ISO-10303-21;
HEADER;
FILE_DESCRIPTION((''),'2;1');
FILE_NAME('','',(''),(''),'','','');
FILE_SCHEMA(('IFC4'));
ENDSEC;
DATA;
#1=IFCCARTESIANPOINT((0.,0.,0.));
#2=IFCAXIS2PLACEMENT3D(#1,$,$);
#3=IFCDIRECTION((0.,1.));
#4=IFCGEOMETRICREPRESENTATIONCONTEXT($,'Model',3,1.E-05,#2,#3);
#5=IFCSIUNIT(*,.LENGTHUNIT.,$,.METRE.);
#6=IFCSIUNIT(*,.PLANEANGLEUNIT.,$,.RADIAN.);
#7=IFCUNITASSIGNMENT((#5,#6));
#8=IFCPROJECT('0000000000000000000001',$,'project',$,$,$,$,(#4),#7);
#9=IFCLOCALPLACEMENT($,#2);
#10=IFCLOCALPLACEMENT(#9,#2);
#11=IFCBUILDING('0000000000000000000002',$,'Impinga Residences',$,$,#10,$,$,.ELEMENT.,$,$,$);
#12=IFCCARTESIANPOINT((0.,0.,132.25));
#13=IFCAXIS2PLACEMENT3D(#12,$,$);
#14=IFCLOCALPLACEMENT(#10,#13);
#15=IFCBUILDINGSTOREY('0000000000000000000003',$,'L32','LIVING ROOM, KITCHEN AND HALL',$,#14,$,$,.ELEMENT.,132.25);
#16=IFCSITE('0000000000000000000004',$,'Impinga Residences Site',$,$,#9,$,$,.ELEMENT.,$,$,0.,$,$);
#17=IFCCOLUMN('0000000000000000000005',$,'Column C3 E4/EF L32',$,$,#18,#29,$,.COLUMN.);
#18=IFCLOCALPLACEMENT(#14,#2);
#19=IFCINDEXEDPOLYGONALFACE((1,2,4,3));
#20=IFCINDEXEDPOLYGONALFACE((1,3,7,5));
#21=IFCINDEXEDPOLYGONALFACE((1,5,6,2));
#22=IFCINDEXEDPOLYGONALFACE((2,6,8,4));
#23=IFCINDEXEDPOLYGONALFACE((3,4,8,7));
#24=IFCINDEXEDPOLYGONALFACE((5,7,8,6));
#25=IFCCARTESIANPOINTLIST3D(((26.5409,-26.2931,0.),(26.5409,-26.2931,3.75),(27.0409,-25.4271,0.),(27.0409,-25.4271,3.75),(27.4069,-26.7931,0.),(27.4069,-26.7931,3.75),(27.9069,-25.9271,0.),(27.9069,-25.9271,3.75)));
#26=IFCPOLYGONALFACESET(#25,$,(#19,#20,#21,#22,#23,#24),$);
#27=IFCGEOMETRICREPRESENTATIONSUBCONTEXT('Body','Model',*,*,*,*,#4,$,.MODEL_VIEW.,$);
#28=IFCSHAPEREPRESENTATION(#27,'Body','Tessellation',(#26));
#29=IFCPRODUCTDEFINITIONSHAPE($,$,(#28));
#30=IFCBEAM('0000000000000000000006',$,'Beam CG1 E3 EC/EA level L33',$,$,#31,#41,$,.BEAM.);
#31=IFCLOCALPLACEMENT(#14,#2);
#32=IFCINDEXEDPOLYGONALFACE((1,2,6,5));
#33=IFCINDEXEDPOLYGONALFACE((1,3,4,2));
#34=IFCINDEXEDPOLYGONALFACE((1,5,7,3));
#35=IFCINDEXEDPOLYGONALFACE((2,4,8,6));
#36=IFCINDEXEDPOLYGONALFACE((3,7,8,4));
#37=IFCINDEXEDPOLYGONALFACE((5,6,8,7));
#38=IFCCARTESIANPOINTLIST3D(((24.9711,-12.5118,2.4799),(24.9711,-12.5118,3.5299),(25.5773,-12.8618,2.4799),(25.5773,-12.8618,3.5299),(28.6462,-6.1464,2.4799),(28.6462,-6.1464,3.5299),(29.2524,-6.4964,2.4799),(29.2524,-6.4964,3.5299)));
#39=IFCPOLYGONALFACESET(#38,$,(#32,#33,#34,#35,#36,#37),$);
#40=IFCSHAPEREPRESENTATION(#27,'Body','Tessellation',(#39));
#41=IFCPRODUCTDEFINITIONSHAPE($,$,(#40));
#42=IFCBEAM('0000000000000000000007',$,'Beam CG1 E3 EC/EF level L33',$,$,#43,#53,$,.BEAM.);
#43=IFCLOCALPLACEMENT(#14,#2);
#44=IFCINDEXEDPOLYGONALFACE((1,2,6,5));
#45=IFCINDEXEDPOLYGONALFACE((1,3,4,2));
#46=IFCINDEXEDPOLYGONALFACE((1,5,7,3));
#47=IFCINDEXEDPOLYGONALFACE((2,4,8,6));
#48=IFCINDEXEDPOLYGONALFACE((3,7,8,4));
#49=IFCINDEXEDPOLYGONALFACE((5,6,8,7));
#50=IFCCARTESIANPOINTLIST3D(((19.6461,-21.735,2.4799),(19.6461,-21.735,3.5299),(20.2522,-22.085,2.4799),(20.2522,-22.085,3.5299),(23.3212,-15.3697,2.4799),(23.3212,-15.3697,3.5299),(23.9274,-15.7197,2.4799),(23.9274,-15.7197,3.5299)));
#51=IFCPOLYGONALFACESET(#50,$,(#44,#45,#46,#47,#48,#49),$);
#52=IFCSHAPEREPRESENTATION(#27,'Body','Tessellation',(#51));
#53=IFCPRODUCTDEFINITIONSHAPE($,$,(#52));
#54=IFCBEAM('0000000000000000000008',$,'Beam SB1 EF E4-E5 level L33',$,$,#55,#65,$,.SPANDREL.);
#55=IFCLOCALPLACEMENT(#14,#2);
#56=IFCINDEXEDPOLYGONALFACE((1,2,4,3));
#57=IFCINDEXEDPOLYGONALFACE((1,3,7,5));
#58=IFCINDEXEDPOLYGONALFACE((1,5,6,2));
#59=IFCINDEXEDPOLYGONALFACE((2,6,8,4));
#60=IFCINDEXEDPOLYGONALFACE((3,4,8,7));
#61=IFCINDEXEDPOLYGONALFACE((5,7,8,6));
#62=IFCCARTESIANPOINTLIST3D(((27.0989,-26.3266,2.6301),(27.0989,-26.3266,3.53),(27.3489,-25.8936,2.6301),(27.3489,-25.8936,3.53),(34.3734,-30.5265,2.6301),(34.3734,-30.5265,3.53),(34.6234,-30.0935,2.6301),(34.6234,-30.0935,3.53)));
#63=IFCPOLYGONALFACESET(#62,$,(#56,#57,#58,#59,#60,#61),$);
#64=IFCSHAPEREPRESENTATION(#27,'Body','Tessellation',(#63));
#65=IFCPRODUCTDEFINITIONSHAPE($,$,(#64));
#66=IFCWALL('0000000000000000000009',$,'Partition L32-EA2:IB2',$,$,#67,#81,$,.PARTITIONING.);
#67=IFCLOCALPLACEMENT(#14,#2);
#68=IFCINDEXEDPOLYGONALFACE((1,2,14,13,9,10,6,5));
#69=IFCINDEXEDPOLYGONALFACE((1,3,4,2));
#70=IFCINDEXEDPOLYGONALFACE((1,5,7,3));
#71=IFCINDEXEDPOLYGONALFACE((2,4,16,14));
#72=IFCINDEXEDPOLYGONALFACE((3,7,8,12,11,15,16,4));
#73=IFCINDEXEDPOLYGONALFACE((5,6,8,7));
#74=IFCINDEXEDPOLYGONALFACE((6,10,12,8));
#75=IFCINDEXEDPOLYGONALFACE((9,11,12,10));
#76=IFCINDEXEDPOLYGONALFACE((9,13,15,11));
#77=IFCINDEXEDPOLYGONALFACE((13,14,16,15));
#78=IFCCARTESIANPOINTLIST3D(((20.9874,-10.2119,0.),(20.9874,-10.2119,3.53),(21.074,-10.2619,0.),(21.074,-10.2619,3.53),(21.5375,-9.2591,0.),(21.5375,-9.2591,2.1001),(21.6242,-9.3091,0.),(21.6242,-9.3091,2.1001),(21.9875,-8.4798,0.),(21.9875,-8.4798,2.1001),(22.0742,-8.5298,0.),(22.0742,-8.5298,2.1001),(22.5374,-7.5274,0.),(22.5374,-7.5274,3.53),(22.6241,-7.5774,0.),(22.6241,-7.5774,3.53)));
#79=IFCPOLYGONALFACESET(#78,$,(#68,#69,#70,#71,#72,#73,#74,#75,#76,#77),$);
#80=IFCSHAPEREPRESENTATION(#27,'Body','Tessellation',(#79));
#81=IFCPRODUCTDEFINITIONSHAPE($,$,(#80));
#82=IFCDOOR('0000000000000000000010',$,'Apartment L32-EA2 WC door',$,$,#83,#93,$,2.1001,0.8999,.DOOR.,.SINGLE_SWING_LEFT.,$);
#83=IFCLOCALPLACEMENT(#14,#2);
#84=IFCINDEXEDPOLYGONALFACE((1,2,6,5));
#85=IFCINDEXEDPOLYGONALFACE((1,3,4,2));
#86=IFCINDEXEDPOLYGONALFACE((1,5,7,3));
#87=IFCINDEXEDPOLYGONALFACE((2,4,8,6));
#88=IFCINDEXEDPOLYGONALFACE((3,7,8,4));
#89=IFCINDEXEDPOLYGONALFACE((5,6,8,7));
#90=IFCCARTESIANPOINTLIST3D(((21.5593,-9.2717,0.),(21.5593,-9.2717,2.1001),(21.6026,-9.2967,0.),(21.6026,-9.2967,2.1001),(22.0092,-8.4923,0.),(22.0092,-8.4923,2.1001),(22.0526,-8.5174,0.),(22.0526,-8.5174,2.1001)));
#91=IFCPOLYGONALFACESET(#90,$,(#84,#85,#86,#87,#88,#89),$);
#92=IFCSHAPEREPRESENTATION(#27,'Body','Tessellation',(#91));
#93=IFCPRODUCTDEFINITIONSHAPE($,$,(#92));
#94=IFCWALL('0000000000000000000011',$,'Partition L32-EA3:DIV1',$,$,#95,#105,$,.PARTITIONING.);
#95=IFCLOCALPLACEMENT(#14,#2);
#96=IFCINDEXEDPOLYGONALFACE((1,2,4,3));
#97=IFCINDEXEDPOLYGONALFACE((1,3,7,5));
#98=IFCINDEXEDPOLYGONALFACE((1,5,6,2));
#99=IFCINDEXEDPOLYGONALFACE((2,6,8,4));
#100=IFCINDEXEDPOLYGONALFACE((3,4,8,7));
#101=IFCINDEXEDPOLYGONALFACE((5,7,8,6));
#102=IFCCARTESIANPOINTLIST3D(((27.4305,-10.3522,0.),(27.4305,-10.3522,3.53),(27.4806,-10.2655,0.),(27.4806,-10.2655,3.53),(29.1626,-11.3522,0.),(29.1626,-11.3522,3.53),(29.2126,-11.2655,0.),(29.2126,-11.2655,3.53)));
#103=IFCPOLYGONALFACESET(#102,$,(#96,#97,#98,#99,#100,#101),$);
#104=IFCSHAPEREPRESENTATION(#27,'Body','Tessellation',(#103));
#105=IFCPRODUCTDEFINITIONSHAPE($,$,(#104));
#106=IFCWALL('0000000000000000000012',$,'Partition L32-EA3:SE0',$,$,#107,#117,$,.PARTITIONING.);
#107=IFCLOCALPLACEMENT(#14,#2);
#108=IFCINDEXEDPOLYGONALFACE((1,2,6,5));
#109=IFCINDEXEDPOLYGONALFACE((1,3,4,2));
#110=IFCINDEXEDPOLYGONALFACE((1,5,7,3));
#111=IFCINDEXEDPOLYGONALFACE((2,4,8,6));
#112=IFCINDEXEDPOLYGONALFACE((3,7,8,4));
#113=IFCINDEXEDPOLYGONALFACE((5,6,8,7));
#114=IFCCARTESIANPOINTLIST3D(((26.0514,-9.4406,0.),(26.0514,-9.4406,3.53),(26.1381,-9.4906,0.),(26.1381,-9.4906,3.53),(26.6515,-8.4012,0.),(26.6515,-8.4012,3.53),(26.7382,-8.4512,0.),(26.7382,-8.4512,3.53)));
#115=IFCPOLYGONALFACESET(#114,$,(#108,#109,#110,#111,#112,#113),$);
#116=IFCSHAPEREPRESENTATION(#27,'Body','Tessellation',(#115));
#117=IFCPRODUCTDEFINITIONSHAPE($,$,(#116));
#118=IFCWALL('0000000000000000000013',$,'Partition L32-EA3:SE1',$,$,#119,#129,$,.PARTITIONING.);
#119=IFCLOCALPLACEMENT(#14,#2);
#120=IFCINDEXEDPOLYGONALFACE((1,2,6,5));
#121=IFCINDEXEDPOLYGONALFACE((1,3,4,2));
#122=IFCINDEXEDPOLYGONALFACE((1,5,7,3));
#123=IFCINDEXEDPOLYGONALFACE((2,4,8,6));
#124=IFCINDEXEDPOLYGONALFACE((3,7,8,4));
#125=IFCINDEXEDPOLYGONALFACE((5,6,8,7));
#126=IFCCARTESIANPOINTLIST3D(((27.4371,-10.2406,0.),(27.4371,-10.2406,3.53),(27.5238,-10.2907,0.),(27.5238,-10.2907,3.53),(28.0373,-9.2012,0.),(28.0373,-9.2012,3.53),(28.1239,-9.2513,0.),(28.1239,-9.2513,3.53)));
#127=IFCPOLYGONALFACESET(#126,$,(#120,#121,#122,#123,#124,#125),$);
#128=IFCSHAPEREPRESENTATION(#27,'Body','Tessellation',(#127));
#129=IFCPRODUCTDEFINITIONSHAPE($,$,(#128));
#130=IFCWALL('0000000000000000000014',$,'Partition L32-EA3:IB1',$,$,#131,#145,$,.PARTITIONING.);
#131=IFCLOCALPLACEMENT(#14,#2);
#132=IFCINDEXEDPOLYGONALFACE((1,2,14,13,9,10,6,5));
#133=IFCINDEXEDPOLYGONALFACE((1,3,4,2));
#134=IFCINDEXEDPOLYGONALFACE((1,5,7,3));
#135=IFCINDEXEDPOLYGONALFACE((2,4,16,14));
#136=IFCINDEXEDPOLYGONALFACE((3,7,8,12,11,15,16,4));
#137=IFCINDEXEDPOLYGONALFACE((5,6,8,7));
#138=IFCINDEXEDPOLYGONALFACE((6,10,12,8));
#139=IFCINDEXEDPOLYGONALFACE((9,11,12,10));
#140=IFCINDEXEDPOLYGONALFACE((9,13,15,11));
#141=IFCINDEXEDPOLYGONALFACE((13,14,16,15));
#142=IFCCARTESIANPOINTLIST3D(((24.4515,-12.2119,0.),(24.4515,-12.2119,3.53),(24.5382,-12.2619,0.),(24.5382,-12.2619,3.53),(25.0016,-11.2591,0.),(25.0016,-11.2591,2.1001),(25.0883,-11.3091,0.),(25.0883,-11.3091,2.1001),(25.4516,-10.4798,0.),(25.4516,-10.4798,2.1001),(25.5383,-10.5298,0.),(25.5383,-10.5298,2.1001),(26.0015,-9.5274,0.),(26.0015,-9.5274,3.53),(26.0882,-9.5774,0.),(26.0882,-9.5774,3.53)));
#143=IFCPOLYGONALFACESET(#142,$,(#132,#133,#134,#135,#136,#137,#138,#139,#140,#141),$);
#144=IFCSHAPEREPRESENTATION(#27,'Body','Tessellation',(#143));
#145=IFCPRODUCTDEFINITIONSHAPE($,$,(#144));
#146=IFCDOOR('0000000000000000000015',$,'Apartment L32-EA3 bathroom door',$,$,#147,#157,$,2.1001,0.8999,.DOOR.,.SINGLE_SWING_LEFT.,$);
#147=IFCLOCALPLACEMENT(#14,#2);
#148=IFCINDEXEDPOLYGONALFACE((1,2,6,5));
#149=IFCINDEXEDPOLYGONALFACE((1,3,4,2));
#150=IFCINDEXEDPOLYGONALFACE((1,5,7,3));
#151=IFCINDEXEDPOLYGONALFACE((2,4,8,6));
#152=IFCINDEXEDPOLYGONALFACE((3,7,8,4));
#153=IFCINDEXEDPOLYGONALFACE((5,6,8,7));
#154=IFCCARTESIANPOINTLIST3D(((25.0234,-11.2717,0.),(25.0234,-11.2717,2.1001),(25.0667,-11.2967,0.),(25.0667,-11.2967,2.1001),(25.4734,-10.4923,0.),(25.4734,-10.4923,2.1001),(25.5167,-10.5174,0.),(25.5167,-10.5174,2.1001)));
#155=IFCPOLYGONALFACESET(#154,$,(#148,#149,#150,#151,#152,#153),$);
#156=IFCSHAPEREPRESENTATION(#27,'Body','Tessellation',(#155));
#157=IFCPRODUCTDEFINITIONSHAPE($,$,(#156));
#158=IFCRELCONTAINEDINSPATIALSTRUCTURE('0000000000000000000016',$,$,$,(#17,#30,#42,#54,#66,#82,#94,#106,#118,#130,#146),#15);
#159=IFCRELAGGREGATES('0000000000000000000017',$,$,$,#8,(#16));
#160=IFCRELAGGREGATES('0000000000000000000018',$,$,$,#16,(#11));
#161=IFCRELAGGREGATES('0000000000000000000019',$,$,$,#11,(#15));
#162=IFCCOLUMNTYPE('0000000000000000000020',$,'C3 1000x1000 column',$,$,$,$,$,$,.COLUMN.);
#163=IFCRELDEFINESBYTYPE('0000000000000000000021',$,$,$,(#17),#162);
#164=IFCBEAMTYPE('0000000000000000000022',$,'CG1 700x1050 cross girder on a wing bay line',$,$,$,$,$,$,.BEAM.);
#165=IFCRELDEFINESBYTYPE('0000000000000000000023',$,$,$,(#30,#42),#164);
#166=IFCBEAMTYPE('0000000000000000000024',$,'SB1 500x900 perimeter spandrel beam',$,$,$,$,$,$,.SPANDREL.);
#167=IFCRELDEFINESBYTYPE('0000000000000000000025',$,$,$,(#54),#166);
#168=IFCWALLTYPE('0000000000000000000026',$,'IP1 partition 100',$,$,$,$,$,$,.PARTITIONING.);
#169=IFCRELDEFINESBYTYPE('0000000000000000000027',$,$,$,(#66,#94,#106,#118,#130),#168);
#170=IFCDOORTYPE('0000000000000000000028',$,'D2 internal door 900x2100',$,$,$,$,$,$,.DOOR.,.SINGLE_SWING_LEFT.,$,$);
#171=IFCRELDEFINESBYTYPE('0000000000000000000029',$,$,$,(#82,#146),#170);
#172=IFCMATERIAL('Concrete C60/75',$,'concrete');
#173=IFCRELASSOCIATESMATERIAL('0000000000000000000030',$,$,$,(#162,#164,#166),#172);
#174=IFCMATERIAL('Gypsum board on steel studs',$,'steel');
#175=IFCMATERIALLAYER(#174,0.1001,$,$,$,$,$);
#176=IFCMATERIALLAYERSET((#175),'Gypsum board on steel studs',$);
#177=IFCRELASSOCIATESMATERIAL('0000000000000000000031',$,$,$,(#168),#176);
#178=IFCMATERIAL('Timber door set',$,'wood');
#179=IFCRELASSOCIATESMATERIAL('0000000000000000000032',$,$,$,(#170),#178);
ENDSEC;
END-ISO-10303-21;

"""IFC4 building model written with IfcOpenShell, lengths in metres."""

from ifc_helpers import new_model, si_unit, direction, frame, frame_2d, origin, origin_2d, place, context, subcontext, project, spatial, rectangle, extrude, material, layer, layer_set, material_profile, profile_set, type_object, element, fill, save


model = new_model("IFC4")

# Units and contexts
model_context = context("Model", 3, precision=1e-05, world=origin(), true_north=direction((0.0, 1.0)))
body_context = subcontext(model_context, "Body", "Model", "MODEL_VIEW")
ifc_project = project(units=[si_unit("LENGTHUNIT", "METRE"), si_unit("PLANEANGLEUNIT", "RADIAN")], contexts=[model_context])

# Site, building, storey
site_placement = place(None, origin())
site = spatial("IfcSite", under=ifc_project, at=site_placement, Name="Impinga Residences Site", CompositionType="ELEMENT", RefElevation=0.0)
building_placement = place(site_placement, origin())
building = spatial("IfcBuilding", under=site, at=building_placement, Name="Impinga Residences", CompositionType="ELEMENT")
storey_placement = place(building_placement, frame((0.0, 0.0, 132.25)))
storey = spatial("IfcBuildingStorey", under=building, at=storey_placement, Name="L32", Description="LIVING ROOM, KITCHEN AND HALL", CompositionType="ELEMENT", Elevation=132.25)

# Column
ifc_material_1 = material(Name="Concrete C60/75", Category="concrete")
ifc_material_profile_1 = material_profile(ifc_material_1, rectangle(XDim=1.0, YDim=1.0, at=origin_2d()), Name="RC 1000x1000")
ifc_profile_set_1 = profile_set([ifc_material_profile_1], Name="Concrete C60/75")
column_type = type_object("IfcColumnType", Name="C3 1000x1000 column", PredefinedType="COLUMN", material=ifc_profile_set_1)
column_placement = place(storey_placement, frame((27.2239, -26.1101, 0.0), z_axis=(0.0, 0.0, 1.0), x_axis=(-0.5, -0.866025, 0.0)))
element("IfcColumn", 1, at=column_placement, inside=storey, type_object=column_type, Name="Column C3 E4/EF L32", PredefinedType="COLUMN", context=body_context, shape_type="SweptSolid", body=[
    extrude(rectangle(XDim=1.0, YDim=1.0, at=origin_2d()), origin(), (0.0, 0.0, 1.0), 3.75),
])

# Beams
ifc_material_profile_2 = material_profile(ifc_material_1, rectangle(XDim=0.7, YDim=1.05, at=origin_2d()), Name="RC 700x1050")
ifc_profile_set_2 = profile_set([ifc_material_profile_2], Name="Concrete C60/75")
beam_type_1 = type_object("IfcBeamType", Name="CG1 700x1050 cross girder on a wing bay line", PredefinedType="BEAM", material=ifc_profile_set_2)
for number, where, z_axis, x_axis, name in (
    (2, (25.2742, -12.6868, 3.0049), (0.500008, 0.866021, 0.0), (-0.866021, 0.500008, 0.0), "Beam CG1 E3 EC/EA level L33"),
    (3, (23.6243, -15.5447, 3.0049), (-0.500008, -0.866021, 0.0), (0.866021, -0.500008, 0.0), "Beam CG1 E3 EC/EF level L33"),
):
    element("IfcBeam", number, at=place(storey_placement, frame(where, z_axis=z_axis, x_axis=x_axis)), inside=storey, type_object=beam_type_1, Name=name, PredefinedType="BEAM", context=body_context, shape_type="SweptSolid", body=[
        extrude(rectangle(XDim=0.7, YDim=1.05, at=origin_2d()), origin(), (0.0, 0.0, 1.0), 7.3501),
    ])
ifc_material_profile_3 = material_profile(ifc_material_1, rectangle(XDim=0.5, YDim=0.8999, at=origin_2d()), Name="RC 500x900")
ifc_profile_set_3 = profile_set([ifc_material_profile_3], Name="Concrete C60/75")
beam_type_2 = type_object("IfcBeamType", Name="SB1 500x900 perimeter spandrel beam", PredefinedType="SPANDREL", material=ifc_profile_set_3)
beam_placement = place(storey_placement, frame((27.2239, -26.1101, 3.0801), z_axis=(0.866029, -0.499993, 0.0), x_axis=(0.499993, 0.866029, 0.0)))
element("IfcBeam", 4, at=beam_placement, inside=storey, type_object=beam_type_2, Name="Beam SB1 EF E4-E5 level L33", PredefinedType="SPANDREL", context=body_context, shape_type="SweptSolid", body=[
    extrude(rectangle(XDim=0.5, YDim=0.8999, at=origin_2d()), origin(), (0.0, 0.0, 1.0), 8.3999),
])

# Wall, opening, door
ifc_material_2 = material(Name="Gypsum board on steel studs", Category="steel")
ifc_layer_1 = layer(ifc_material_2, 0.1001)
ifc_layer_set_1 = layer_set([ifc_layer_1], Name="Gypsum board on steel studs")
wall_type_1 = type_object("IfcWallType", Name="IP1 partition 100", PredefinedType="PARTITIONING", material=ifc_layer_set_1)
wall_1_placement = place(storey_placement, frame((21.0308, -10.2368, 0.0), z_axis=(0.0, 0.0, 1.0), x_axis=(0.500027, 0.86601, 0.0)))
wall_1 = element("IfcWall", 5, at=wall_1_placement, inside=storey, type_object=wall_type_1, Name="Partition L32-EA2:IB2", PredefinedType="PARTITIONING", context=body_context, shape_type="SweptSolid", body=[
    extrude(rectangle(XDim=3.0999, YDim=0.1001, at=frame_2d((1.5498, 0.0))), origin(), (0.0, 0.0, 1.0), 3.53),
])
opening_1_placement = place(wall_1_placement, frame((1.1001, 0.0, 0.0)))
opening_1 = element("IfcOpeningElement", 6, at=opening_1_placement, cuts=wall_1, PredefinedType="OPENING", context=body_context, shape_type="SweptSolid", body=[
    extrude(rectangle(XDim=0.8999, YDim=2.1001, at=frame_2d((0.45, 1.05))), frame((0.0, 0.0601, 0.0), z_axis=(0.0, -1.0, 0.0), x_axis=(1.0, 0.0, 0.0)), (0.0, 0.0, 1.0), 0.1201),
])
ifc_material_3 = material(Name="Timber door set", Category="wood")
door_type = type_object("IfcDoorType", Name="D2 internal door 900x2100", OperationType="SINGLE_SWING_LEFT", PredefinedType="DOOR", material=ifc_material_3)
door_1_placement = place(opening_1_placement, origin())
door_1 = element("IfcDoor", 7, at=door_1_placement, inside=storey, type_object=door_type, Name="Apartment L32-EA2 WC door", OperationType="SINGLE_SWING_LEFT", OverallHeight=2.1001, OverallWidth=0.8999, PredefinedType="DOOR", context=body_context, shape_type="SweptSolid", body=[
    extrude(rectangle(XDim=0.8999, YDim=2.1001, at=frame_2d((0.45, 1.05))), frame((0.0, 0.0249, 0.0), z_axis=(0.0, -1.0, 0.0), x_axis=(1.0, 0.0, 0.0)), (0.0, 0.0, 1.0), 0.05),
])
fill(opening_1, door_1)

# Walls
wall_2_placement = place(storey_placement, frame((27.4556, -10.3088, 0.0), z_axis=(0.0, 0.0, 1.0), x_axis=(0.866011, -0.500025, 0.0)))
element("IfcWall", 8, at=wall_2_placement, inside=storey, type_object=wall_type_1, Name="Partition L32-EA3:DIV1", PredefinedType="PARTITIONING", context=body_context, shape_type="SweptSolid", body=[
    extrude(rectangle(XDim=2.0, YDim=0.1001, at=frame_2d((1.0, 0.0))), origin(), (0.0, 0.0, 1.0), 3.53),
])
for number, where, z_axis, x_axis, name in (
    (9, (26.0947, -9.4656, 0.0), (0.0, 0.0, 1.0), (0.500034, 0.866006, 0.0), "Partition L32-EA3:SE0"),
    (10, (27.4805, -10.2656, 0.0), (0.0, 0.0, 1.0), (0.500034, 0.866006, 0.0), "Partition L32-EA3:SE1"),
):
    element("IfcWall", number, at=place(storey_placement, frame(where, z_axis=z_axis, x_axis=x_axis)), inside=storey, type_object=wall_type_1, Name=name, PredefinedType="PARTITIONING", context=body_context, shape_type="SweptSolid", body=[
        extrude(rectangle(XDim=1.2002, YDim=0.1001, at=frame_2d((0.6001, 0.0))), origin(), (0.0, 0.0, 1.0), 3.53),
    ])

# Wall, opening, door
wall_3_placement = place(storey_placement, frame((24.4949, -12.2368, 0.0), z_axis=(0.0, 0.0, 1.0), x_axis=(0.500027, 0.86601, 0.0)))
wall_3 = element("IfcWall", 11, at=wall_3_placement, inside=storey, type_object=wall_type_1, Name="Partition L32-EA3:IB1", PredefinedType="PARTITIONING", context=body_context, shape_type="SweptSolid", body=[
    extrude(rectangle(XDim=3.0999, YDim=0.1001, at=frame_2d((1.5498, 0.0))), origin(), (0.0, 0.0, 1.0), 3.53),
])
opening_2_placement = place(wall_3_placement, frame((1.1001, 0.0, 0.0)))
opening_2 = element("IfcOpeningElement", 12, at=opening_2_placement, cuts=wall_3, PredefinedType="OPENING", context=body_context, shape_type="SweptSolid", body=[
    extrude(rectangle(XDim=0.8999, YDim=2.1001, at=frame_2d((0.45, 1.05))), frame((0.0, 0.0601, 0.0), z_axis=(0.0, -1.0, 0.0), x_axis=(1.0, 0.0, 0.0)), (0.0, 0.0, 1.0), 0.1201),
])
door_2_placement = place(opening_2_placement, origin())
door_2 = element("IfcDoor", 13, at=door_2_placement, inside=storey, type_object=door_type, Name="Apartment L32-EA3 bathroom door", OperationType="SINGLE_SWING_LEFT", OverallHeight=2.1001, OverallWidth=0.8999, PredefinedType="DOOR", context=body_context, shape_type="SweptSolid", body=[
    extrude(rectangle(XDim=0.8999, YDim=2.1001, at=frame_2d((0.45, 1.05))), frame((0.0, 0.0249, 0.0), z_axis=(0.0, -1.0, 0.0), x_axis=(1.0, 0.0, 0.0)), (0.0, 0.0, 1.0), 0.05),
])
fill(opening_2, door_2)

save(model, "model.ifc")
